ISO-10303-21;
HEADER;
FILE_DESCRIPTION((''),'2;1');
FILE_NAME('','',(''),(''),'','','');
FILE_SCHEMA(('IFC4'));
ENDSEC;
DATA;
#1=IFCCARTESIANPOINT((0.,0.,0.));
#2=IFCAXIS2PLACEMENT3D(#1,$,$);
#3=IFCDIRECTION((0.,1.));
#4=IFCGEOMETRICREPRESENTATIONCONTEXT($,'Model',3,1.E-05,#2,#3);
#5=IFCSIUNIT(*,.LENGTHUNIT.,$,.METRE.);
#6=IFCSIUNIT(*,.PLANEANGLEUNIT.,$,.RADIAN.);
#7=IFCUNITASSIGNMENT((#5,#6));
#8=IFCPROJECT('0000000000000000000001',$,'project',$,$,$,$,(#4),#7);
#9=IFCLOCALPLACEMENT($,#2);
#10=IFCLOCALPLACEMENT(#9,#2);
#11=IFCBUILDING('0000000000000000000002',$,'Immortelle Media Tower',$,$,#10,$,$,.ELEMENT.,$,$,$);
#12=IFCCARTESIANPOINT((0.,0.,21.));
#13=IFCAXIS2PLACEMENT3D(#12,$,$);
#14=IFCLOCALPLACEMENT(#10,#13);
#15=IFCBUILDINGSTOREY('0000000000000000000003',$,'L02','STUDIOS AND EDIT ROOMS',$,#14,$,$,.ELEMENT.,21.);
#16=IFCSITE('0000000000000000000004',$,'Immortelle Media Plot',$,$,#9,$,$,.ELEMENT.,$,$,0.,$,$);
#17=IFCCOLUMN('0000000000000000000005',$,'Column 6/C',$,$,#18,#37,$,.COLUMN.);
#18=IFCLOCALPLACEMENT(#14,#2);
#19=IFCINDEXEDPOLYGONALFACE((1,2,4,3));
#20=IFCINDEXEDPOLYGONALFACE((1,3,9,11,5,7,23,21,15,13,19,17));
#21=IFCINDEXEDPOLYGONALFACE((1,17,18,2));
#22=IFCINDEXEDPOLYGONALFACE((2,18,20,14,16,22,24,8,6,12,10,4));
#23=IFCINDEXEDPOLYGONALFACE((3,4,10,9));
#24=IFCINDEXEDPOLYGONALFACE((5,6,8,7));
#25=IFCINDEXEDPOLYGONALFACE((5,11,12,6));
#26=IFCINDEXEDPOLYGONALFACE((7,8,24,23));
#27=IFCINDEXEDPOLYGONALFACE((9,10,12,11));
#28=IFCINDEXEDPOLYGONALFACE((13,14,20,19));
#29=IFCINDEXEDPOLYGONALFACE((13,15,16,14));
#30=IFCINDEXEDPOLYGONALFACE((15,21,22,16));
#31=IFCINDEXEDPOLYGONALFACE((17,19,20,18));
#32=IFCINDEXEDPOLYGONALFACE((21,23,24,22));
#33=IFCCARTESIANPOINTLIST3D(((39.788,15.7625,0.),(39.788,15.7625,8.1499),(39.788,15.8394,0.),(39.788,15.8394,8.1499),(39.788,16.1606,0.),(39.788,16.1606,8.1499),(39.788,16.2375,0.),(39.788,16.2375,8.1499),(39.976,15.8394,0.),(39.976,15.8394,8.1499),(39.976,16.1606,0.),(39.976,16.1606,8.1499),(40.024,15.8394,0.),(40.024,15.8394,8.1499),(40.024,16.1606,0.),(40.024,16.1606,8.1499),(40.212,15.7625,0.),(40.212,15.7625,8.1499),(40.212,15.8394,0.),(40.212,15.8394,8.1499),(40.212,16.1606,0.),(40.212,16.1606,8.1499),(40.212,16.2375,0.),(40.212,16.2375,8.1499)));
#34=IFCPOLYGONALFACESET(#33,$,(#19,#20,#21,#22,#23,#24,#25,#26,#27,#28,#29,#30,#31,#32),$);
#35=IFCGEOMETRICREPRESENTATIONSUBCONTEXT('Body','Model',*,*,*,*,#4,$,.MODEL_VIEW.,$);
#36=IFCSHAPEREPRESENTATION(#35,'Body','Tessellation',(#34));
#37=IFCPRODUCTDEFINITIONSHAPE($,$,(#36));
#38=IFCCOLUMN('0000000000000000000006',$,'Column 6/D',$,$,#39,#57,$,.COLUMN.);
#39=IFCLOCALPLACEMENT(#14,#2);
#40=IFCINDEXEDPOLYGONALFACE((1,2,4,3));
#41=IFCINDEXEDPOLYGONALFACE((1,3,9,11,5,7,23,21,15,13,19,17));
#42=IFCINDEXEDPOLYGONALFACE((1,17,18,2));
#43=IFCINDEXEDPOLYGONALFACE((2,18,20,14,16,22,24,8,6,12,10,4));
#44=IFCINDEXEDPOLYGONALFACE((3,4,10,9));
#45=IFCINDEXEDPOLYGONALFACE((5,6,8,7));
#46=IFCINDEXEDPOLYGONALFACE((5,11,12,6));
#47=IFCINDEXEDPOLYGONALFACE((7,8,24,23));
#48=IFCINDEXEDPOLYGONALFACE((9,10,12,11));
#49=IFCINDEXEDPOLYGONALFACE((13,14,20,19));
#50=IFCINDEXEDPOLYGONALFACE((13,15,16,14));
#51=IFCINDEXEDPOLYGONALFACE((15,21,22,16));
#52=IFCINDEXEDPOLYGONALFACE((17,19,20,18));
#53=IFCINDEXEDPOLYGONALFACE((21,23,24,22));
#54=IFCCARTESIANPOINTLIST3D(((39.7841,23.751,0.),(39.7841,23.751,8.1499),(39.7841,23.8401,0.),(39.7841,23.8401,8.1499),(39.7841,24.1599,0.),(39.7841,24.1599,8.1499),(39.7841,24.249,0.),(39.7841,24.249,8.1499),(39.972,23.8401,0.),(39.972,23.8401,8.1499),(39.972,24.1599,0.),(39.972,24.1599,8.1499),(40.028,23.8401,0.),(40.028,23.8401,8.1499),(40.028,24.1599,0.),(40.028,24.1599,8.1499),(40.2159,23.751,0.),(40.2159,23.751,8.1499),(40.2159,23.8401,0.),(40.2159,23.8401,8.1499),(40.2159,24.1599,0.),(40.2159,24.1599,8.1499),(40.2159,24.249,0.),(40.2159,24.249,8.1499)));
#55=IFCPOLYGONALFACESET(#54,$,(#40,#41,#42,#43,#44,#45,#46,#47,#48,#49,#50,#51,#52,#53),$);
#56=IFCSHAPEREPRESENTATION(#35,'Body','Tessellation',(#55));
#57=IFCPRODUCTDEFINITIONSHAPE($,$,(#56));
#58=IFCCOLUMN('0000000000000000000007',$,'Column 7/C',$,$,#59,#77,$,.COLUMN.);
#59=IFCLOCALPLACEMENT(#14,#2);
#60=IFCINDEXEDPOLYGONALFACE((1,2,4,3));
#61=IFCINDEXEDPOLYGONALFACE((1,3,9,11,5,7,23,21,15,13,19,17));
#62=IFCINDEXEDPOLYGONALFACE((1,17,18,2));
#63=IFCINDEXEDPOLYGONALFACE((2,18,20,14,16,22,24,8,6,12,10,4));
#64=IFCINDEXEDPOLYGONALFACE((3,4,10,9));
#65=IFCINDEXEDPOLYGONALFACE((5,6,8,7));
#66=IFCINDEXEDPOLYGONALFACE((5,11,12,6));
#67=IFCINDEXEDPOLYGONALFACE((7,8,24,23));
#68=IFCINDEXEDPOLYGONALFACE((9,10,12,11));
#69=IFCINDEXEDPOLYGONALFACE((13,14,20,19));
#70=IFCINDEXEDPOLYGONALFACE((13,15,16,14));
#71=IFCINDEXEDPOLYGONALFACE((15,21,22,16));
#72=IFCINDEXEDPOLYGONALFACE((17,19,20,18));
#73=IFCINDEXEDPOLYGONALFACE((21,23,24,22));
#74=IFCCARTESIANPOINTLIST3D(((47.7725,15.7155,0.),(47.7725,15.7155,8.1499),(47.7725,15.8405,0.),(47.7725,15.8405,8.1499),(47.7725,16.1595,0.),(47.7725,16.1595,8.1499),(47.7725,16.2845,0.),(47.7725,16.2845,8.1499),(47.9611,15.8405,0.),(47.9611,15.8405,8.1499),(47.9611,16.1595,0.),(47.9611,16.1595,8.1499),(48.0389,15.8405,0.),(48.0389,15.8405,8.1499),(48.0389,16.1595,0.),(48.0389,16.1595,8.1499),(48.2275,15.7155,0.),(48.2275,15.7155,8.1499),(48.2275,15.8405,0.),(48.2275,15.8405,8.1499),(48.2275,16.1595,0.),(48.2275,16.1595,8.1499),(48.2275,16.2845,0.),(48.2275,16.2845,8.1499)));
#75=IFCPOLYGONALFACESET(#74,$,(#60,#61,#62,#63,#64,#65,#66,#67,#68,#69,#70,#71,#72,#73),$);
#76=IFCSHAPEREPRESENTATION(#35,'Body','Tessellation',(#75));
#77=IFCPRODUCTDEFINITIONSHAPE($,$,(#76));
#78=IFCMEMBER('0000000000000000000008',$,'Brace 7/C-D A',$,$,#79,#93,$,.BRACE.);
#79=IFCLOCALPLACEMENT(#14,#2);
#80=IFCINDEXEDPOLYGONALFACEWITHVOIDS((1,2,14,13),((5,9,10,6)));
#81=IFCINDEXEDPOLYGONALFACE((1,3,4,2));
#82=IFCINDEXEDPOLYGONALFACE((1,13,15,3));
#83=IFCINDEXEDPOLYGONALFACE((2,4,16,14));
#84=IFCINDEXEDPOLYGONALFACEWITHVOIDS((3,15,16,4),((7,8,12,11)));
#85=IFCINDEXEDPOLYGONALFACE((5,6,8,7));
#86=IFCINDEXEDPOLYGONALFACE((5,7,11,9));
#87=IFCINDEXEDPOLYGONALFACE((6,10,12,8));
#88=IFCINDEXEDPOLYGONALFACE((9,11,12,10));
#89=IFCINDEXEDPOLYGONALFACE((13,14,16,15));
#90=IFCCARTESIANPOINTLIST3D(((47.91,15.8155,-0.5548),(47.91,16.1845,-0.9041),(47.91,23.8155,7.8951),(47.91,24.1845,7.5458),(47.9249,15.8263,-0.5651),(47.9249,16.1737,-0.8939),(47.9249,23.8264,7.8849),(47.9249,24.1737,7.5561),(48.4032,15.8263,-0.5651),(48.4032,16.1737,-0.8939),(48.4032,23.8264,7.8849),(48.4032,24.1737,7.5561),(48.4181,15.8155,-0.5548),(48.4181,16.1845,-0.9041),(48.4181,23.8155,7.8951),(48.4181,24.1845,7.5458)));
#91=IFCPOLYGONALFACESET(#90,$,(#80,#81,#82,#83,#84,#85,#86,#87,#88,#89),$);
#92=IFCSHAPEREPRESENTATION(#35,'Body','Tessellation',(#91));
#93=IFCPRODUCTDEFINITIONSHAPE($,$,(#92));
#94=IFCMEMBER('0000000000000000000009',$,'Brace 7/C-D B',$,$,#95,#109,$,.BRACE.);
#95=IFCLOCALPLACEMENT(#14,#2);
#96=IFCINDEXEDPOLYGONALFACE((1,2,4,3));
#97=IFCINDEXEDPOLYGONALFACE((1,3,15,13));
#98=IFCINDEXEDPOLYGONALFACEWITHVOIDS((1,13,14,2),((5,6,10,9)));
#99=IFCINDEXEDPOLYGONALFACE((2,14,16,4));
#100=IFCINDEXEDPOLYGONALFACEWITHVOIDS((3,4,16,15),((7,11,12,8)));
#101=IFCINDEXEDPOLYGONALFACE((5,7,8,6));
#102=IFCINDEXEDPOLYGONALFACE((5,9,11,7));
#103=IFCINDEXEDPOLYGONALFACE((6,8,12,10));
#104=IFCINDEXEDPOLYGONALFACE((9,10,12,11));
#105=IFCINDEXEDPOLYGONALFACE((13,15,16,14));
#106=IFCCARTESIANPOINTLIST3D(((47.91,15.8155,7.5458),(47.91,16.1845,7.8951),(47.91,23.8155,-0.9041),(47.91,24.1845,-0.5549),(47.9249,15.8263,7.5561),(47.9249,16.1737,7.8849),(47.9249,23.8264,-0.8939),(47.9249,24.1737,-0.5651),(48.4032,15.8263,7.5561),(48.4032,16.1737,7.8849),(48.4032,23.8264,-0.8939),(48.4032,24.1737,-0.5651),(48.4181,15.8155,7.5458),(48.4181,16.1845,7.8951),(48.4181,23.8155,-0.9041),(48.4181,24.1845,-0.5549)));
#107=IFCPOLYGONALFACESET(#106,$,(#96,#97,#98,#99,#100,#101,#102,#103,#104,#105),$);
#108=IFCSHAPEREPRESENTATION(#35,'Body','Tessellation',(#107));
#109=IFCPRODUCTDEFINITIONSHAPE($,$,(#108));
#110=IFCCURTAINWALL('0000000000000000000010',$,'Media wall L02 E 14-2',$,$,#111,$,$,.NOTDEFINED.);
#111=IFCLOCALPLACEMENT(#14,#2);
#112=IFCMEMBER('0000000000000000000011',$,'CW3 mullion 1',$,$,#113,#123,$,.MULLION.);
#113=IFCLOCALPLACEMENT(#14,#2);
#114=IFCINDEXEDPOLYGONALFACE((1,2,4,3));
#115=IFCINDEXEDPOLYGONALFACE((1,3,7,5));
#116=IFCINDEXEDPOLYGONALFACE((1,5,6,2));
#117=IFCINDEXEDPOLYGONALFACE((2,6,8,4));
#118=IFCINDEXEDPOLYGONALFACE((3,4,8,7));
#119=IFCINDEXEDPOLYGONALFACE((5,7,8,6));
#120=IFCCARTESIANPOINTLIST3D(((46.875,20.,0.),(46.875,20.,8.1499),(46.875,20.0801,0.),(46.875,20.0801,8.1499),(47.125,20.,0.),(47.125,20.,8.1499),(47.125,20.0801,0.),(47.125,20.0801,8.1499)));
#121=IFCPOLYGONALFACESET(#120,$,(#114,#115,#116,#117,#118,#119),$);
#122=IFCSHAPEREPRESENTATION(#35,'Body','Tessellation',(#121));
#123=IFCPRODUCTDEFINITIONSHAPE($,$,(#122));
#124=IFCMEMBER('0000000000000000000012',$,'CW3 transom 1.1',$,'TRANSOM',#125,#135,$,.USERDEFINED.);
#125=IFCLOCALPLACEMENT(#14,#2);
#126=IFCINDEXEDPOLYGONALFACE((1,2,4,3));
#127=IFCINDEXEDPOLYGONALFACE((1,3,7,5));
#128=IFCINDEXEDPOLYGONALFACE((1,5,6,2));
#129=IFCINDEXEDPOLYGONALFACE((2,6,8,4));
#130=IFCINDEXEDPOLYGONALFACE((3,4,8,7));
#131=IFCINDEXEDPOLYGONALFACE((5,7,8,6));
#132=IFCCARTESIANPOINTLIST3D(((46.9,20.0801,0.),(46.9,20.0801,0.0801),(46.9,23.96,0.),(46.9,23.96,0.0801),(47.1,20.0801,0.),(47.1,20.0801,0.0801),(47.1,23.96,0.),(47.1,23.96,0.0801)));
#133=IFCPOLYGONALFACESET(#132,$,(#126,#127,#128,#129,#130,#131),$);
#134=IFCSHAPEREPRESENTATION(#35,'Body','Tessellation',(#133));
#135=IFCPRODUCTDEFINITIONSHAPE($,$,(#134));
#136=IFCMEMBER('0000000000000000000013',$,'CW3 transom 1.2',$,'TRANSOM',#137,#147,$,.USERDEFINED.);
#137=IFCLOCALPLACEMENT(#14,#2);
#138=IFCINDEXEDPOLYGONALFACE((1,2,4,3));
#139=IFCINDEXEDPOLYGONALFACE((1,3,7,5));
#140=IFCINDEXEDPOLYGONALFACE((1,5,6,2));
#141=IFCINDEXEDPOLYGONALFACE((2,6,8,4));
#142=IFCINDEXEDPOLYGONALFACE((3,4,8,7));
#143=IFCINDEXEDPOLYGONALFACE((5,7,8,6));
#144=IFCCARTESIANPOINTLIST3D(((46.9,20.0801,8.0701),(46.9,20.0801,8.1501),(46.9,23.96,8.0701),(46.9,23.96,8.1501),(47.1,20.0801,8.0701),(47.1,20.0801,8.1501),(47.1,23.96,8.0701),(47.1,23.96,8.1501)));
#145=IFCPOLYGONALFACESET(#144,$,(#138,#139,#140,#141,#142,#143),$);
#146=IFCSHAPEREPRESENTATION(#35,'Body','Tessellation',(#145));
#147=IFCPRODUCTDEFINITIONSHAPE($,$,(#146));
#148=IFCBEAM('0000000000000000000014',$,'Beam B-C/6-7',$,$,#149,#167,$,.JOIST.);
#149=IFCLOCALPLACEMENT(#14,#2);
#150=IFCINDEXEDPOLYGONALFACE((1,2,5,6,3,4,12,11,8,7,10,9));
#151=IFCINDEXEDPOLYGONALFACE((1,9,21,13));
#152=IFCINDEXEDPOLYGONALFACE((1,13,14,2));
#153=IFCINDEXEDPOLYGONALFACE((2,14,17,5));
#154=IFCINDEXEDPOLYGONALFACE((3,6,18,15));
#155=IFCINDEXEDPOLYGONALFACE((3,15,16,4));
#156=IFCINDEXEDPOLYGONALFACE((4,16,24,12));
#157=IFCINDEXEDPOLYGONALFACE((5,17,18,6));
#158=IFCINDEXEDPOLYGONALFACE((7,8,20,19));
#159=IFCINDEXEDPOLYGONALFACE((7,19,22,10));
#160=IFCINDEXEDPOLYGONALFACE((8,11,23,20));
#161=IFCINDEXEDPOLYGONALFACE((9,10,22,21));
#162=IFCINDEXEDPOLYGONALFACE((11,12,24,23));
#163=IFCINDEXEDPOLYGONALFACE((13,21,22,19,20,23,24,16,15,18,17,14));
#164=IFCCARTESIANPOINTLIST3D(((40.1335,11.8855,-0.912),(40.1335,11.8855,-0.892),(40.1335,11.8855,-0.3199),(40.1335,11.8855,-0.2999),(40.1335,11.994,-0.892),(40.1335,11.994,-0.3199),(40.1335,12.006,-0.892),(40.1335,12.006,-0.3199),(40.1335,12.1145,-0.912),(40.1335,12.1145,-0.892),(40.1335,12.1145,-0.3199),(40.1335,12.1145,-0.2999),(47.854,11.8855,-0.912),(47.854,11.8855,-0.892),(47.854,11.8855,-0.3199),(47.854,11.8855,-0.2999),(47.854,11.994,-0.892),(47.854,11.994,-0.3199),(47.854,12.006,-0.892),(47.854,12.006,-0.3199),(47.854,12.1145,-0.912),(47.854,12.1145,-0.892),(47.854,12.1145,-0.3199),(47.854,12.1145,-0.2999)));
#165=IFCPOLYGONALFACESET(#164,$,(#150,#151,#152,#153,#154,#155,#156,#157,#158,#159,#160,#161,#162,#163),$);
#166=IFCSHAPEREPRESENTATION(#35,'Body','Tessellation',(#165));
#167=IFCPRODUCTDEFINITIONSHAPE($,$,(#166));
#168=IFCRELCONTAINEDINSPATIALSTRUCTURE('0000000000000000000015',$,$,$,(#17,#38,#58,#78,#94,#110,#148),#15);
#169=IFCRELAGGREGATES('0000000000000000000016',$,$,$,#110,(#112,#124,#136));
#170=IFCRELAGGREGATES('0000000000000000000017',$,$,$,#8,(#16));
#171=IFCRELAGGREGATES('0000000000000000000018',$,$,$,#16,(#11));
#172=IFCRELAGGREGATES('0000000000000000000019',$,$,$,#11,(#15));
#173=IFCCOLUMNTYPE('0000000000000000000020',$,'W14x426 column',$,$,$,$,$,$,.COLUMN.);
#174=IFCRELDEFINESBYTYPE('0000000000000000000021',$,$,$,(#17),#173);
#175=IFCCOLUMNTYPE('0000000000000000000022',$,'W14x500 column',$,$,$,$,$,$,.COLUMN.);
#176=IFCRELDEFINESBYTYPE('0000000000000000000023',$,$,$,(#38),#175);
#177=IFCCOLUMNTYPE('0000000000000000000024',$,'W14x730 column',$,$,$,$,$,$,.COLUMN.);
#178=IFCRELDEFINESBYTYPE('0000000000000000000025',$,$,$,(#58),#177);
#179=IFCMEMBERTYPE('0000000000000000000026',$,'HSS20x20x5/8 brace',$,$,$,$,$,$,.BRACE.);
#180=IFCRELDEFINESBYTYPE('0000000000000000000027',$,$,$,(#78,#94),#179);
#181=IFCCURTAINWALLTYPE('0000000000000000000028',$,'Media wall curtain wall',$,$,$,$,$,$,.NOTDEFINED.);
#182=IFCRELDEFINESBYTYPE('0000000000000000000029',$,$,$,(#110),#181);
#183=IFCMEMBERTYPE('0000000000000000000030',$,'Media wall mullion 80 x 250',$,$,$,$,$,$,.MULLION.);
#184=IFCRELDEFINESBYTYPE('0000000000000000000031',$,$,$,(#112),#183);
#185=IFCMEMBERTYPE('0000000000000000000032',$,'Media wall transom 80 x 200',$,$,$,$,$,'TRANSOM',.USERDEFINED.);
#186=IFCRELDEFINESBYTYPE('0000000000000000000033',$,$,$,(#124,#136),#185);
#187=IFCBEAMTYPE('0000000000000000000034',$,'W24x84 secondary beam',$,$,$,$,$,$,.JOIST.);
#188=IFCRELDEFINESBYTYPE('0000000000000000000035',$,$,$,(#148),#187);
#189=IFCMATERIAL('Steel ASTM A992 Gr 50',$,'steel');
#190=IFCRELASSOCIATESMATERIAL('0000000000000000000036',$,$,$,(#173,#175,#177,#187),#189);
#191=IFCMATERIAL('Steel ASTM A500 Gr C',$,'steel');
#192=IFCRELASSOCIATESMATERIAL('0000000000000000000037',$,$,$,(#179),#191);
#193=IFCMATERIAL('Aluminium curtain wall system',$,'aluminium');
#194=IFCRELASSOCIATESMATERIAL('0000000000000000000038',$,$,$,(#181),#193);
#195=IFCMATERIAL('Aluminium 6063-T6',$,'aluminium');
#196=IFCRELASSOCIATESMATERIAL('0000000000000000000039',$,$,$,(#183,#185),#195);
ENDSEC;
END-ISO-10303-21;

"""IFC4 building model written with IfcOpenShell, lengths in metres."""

from ifc_helpers import new_model, si_unit, direction, frame, origin, origin_2d, place, context, subcontext, project, spatial, rectangle, hollow_rectangle, i_section, extrude, material, material_profile, profile_set, type_object, element, aggregate, save


model = new_model("IFC4")

# Units and contexts
model_context = context("Model", 3, precision=1e-05, world=origin(), true_north=direction((0.0, 1.0)))
body_context = subcontext(model_context, "Body", "Model", "MODEL_VIEW")
ifc_project = project(units=[si_unit("LENGTHUNIT", "METRE"), si_unit("PLANEANGLEUNIT", "RADIAN")], contexts=[model_context])

# Site, building, storey
site_placement = place(None, origin())
site = spatial("IfcSite", under=ifc_project, at=site_placement, Name="Immortelle Media Plot", CompositionType="ELEMENT", RefElevation=0.0)
building_placement = place(site_placement, origin())
building = spatial("IfcBuilding", under=site, at=building_placement, Name="Immortelle Media Tower", CompositionType="ELEMENT")
storey_placement = place(building_placement, frame((0.0, 0.0, 21.0)))
storey = spatial("IfcBuildingStorey", under=building, at=storey_placement, Name="L02", Description="STUDIOS AND EDIT ROOMS", CompositionType="ELEMENT", Elevation=21.0)

# Columns
ifc_material_1 = material(Name="Steel ASTM A992 Gr 50", Category="steel")
ifc_material_profile_1 = material_profile(ifc_material_1, i_section(OverallWidth=0.4241, OverallDepth=0.4751, WebThickness=0.0481, FlangeThickness=0.0769, at=origin_2d()), Name="W14x426")
ifc_profile_set_1 = profile_set([ifc_material_profile_1], Name="Steel ASTM A992 Gr 50")
column_type_1 = type_object("IfcColumnType", Name="W14x426 column", PredefinedType="COLUMN", material=ifc_profile_set_1)
column_1_placement = place(storey_placement, frame((40.0, 16.0, 0.0), z_axis=(0.0, 0.0, 1.0), x_axis=(1.0, 0.0, 0.0)))
element("IfcColumn", 1, at=column_1_placement, inside=storey, type_object=column_type_1, Name="Column 6/C", PredefinedType="COLUMN", context=body_context, shape_type="SweptSolid", body=[
    extrude(i_section(OverallWidth=0.4241, OverallDepth=0.4751, WebThickness=0.0481, FlangeThickness=0.0769, at=origin_2d()), origin(), (0.0, 0.0, 1.0), 8.1499),
])
ifc_material_profile_2 = material_profile(ifc_material_1, i_section(OverallWidth=0.4319, OverallDepth=0.498, WebThickness=0.0559, FlangeThickness=0.0891, at=origin_2d()), Name="W14x500")
ifc_profile_set_2 = profile_set([ifc_material_profile_2], Name="Steel ASTM A992 Gr 50")
column_type_2 = type_object("IfcColumnType", Name="W14x500 column", PredefinedType="COLUMN", material=ifc_profile_set_2)
column_2_placement = place(storey_placement, frame((40.0, 24.0, 0.0), z_axis=(0.0, 0.0, 1.0), x_axis=(1.0, 0.0, 0.0)))
element("IfcColumn", 2, at=column_2_placement, inside=storey, type_object=column_type_2, Name="Column 6/D", PredefinedType="COLUMN", context=body_context, shape_type="SweptSolid", body=[
    extrude(i_section(OverallWidth=0.4319, OverallDepth=0.498, WebThickness=0.0559, FlangeThickness=0.0891, at=origin_2d()), origin(), (0.0, 0.0, 1.0), 8.1499),
])
ifc_material_profile_3 = material_profile(ifc_material_1, i_section(OverallWidth=0.4551, OverallDepth=0.5691, WebThickness=0.0779, FlangeThickness=0.125, at=origin_2d()), Name="W14x730")
ifc_profile_set_3 = profile_set([ifc_material_profile_3], Name="Steel ASTM A992 Gr 50")
column_type_3 = type_object("IfcColumnType", Name="W14x730 column", PredefinedType="COLUMN", material=ifc_profile_set_3)
column_3_placement = place(storey_placement, frame((48.0, 16.0, 0.0), z_axis=(0.0, 0.0, 1.0), x_axis=(1.0, 0.0, 0.0)))
element("IfcColumn", 3, at=column_3_placement, inside=storey, type_object=column_type_3, Name="Column 7/C", PredefinedType="COLUMN", context=body_context, shape_type="SweptSolid", body=[
    extrude(i_section(OverallWidth=0.4551, OverallDepth=0.5691, WebThickness=0.0779, FlangeThickness=0.125, at=origin_2d()), origin(), (0.0, 0.0, 1.0), 8.1499),
])

# Members
ifc_material_2 = material(Name="Steel ASTM A500 Gr C", Category="steel")
ifc_material_profile_4 = material_profile(ifc_material_2, hollow_rectangle(XDim=0.5081, YDim=0.5081, WallThickness=0.0149, at=origin_2d()), Name="HSS20x20x5/8 brace")
ifc_profile_set_4 = profile_set([ifc_material_profile_4], Name="Steel ASTM A500 Gr C")
member_type_1 = type_object("IfcMemberType", Name="HSS20x20x5/8 brace", PredefinedType="BRACE", material=ifc_profile_set_4)
for number, where, z_axis, x_axis, name in (
    (4, (48.1641, 16.0, -0.7295), (0.0, 0.687508, 0.726176), (-1.0, 0.0, 0.0), "Brace 7/C-D A"),
    (5, (48.1641, 16.0, 7.7205), (0.0, 0.687508, -0.726176), (-1.0, 0.0, 0.0), "Brace 7/C-D B"),
):
    element("IfcMember", number, at=place(storey_placement, frame(where, z_axis=z_axis, x_axis=x_axis)), inside=storey, type_object=member_type_1, Name=name, PredefinedType="BRACE", context=body_context, shape_type="SweptSolid", body=[
        extrude(hollow_rectangle(XDim=0.5081, YDim=0.5081, WallThickness=0.0149, at=origin_2d()), origin(), (0.0, 0.0, 1.0), 11.6362),
    ])

# Curtain wall, members
ifc_material_3 = material(Name="Aluminium curtain wall system", Category="aluminium")
curtain_wall_type = type_object("IfcCurtainWallType", Name="Media wall curtain wall", PredefinedType="NOTDEFINED", material=ifc_material_3)
curtain_wall_placement = place(storey_placement, origin())
curtain_wall = element("IfcCurtainWall", 6, at=curtain_wall_placement, inside=storey, type_object=curtain_wall_type, Name="Media wall L02 E 14-2", PredefinedType="NOTDEFINED")
ifc_material_4 = material(Name="Aluminium 6063-T6", Category="aluminium")
ifc_material_profile_5 = material_profile(ifc_material_4, rectangle(XDim=0.25, YDim=0.0801, at=origin_2d()), Name="AL 80x250")
ifc_profile_set_5 = profile_set([ifc_material_profile_5], Name="Aluminium 6063-T6")
member_type_2 = type_object("IfcMemberType", Name="Media wall mullion 80 x 250", PredefinedType="MULLION", material=ifc_profile_set_5)
member_1_placement = place(storey_placement, frame((47.0, 20.04, 0.0), z_axis=(0.0, 0.0, 1.0), x_axis=(-1.0, 0.0, 0.0)))
member_1 = element("IfcMember", 7, at=member_1_placement, type_object=member_type_2, Name="CW3 mullion 1", PredefinedType="MULLION", context=body_context, shape_type="SweptSolid", body=[
    extrude(rectangle(XDim=0.25, YDim=0.0801, at=origin_2d()), origin(), (0.0, 0.0, 1.0), 8.1499),
])
ifc_material_profile_6 = material_profile(ifc_material_4, rectangle(XDim=0.2, YDim=0.0801, at=origin_2d()), Name="AL 80x200")
ifc_profile_set_6 = profile_set([ifc_material_profile_6], Name="Aluminium 6063-T6")
member_type_3 = type_object("IfcMemberType", Name="Media wall transom 80 x 200", ElementType="TRANSOM", PredefinedType="USERDEFINED", material=ifc_profile_set_6)
member_2_placement = place(storey_placement, frame((47.0, 20.0801, 0.04), z_axis=(0.0, 1.0, 0.0), x_axis=(-1.0, 0.0, 0.0)))
member_2 = element("IfcMember", 8, at=member_2_placement, type_object=member_type_3, Name="CW3 transom 1.1", ObjectType="TRANSOM", PredefinedType="USERDEFINED", context=body_context, shape_type="SweptSolid", body=[
    extrude(rectangle(XDim=0.2, YDim=0.0801, at=origin_2d()), origin(), (0.0, 0.0, 1.0), 3.8799),
])
member_3_placement = place(storey_placement, frame((47.0, 20.0801, 8.1101), z_axis=(0.0, 1.0, 0.0), x_axis=(-1.0, 0.0, 0.0)))
member_3 = element("IfcMember", 9, at=member_3_placement, type_object=member_type_3, Name="CW3 transom 1.2", ObjectType="TRANSOM", PredefinedType="USERDEFINED", context=body_context, shape_type="SweptSolid", body=[
    extrude(rectangle(XDim=0.2, YDim=0.0801, at=origin_2d()), origin(), (0.0, 0.0, 1.0), 3.8799),
])

# Beam
ifc_material_profile_7 = material_profile(ifc_material_1, i_section(OverallWidth=0.229, OverallDepth=0.6121, WebThickness=0.012, FlangeThickness=0.02, at=origin_2d()), Name="W24x84")
ifc_profile_set_7 = profile_set([ifc_material_profile_7], Name="Steel ASTM A992 Gr 50")
beam_type_1 = type_object("IfcBeamType", Name="W24x84 secondary beam", PredefinedType="JOIST", material=ifc_profile_set_7)
beam_1_placement = place(storey_placement, frame((40.1335, 12.0, -0.606), z_axis=(1.0, 0.0, 0.0), x_axis=(0.0, 1.0, 0.0)))
element("IfcBeam", 10, at=beam_1_placement, inside=storey, type_object=beam_type_1, Name="Beam B-C/6-7", PredefinedType="JOIST", context=body_context, shape_type="SweptSolid", body=[
    extrude(i_section(OverallWidth=0.229, OverallDepth=0.6121, WebThickness=0.012, FlangeThickness=0.02, at=origin_2d()), origin(), (0.0, 0.0, 1.0), 7.7205),
])

aggregate(curtain_wall, [member_1, member_2, member_3])

save(model, "model.ifc")
